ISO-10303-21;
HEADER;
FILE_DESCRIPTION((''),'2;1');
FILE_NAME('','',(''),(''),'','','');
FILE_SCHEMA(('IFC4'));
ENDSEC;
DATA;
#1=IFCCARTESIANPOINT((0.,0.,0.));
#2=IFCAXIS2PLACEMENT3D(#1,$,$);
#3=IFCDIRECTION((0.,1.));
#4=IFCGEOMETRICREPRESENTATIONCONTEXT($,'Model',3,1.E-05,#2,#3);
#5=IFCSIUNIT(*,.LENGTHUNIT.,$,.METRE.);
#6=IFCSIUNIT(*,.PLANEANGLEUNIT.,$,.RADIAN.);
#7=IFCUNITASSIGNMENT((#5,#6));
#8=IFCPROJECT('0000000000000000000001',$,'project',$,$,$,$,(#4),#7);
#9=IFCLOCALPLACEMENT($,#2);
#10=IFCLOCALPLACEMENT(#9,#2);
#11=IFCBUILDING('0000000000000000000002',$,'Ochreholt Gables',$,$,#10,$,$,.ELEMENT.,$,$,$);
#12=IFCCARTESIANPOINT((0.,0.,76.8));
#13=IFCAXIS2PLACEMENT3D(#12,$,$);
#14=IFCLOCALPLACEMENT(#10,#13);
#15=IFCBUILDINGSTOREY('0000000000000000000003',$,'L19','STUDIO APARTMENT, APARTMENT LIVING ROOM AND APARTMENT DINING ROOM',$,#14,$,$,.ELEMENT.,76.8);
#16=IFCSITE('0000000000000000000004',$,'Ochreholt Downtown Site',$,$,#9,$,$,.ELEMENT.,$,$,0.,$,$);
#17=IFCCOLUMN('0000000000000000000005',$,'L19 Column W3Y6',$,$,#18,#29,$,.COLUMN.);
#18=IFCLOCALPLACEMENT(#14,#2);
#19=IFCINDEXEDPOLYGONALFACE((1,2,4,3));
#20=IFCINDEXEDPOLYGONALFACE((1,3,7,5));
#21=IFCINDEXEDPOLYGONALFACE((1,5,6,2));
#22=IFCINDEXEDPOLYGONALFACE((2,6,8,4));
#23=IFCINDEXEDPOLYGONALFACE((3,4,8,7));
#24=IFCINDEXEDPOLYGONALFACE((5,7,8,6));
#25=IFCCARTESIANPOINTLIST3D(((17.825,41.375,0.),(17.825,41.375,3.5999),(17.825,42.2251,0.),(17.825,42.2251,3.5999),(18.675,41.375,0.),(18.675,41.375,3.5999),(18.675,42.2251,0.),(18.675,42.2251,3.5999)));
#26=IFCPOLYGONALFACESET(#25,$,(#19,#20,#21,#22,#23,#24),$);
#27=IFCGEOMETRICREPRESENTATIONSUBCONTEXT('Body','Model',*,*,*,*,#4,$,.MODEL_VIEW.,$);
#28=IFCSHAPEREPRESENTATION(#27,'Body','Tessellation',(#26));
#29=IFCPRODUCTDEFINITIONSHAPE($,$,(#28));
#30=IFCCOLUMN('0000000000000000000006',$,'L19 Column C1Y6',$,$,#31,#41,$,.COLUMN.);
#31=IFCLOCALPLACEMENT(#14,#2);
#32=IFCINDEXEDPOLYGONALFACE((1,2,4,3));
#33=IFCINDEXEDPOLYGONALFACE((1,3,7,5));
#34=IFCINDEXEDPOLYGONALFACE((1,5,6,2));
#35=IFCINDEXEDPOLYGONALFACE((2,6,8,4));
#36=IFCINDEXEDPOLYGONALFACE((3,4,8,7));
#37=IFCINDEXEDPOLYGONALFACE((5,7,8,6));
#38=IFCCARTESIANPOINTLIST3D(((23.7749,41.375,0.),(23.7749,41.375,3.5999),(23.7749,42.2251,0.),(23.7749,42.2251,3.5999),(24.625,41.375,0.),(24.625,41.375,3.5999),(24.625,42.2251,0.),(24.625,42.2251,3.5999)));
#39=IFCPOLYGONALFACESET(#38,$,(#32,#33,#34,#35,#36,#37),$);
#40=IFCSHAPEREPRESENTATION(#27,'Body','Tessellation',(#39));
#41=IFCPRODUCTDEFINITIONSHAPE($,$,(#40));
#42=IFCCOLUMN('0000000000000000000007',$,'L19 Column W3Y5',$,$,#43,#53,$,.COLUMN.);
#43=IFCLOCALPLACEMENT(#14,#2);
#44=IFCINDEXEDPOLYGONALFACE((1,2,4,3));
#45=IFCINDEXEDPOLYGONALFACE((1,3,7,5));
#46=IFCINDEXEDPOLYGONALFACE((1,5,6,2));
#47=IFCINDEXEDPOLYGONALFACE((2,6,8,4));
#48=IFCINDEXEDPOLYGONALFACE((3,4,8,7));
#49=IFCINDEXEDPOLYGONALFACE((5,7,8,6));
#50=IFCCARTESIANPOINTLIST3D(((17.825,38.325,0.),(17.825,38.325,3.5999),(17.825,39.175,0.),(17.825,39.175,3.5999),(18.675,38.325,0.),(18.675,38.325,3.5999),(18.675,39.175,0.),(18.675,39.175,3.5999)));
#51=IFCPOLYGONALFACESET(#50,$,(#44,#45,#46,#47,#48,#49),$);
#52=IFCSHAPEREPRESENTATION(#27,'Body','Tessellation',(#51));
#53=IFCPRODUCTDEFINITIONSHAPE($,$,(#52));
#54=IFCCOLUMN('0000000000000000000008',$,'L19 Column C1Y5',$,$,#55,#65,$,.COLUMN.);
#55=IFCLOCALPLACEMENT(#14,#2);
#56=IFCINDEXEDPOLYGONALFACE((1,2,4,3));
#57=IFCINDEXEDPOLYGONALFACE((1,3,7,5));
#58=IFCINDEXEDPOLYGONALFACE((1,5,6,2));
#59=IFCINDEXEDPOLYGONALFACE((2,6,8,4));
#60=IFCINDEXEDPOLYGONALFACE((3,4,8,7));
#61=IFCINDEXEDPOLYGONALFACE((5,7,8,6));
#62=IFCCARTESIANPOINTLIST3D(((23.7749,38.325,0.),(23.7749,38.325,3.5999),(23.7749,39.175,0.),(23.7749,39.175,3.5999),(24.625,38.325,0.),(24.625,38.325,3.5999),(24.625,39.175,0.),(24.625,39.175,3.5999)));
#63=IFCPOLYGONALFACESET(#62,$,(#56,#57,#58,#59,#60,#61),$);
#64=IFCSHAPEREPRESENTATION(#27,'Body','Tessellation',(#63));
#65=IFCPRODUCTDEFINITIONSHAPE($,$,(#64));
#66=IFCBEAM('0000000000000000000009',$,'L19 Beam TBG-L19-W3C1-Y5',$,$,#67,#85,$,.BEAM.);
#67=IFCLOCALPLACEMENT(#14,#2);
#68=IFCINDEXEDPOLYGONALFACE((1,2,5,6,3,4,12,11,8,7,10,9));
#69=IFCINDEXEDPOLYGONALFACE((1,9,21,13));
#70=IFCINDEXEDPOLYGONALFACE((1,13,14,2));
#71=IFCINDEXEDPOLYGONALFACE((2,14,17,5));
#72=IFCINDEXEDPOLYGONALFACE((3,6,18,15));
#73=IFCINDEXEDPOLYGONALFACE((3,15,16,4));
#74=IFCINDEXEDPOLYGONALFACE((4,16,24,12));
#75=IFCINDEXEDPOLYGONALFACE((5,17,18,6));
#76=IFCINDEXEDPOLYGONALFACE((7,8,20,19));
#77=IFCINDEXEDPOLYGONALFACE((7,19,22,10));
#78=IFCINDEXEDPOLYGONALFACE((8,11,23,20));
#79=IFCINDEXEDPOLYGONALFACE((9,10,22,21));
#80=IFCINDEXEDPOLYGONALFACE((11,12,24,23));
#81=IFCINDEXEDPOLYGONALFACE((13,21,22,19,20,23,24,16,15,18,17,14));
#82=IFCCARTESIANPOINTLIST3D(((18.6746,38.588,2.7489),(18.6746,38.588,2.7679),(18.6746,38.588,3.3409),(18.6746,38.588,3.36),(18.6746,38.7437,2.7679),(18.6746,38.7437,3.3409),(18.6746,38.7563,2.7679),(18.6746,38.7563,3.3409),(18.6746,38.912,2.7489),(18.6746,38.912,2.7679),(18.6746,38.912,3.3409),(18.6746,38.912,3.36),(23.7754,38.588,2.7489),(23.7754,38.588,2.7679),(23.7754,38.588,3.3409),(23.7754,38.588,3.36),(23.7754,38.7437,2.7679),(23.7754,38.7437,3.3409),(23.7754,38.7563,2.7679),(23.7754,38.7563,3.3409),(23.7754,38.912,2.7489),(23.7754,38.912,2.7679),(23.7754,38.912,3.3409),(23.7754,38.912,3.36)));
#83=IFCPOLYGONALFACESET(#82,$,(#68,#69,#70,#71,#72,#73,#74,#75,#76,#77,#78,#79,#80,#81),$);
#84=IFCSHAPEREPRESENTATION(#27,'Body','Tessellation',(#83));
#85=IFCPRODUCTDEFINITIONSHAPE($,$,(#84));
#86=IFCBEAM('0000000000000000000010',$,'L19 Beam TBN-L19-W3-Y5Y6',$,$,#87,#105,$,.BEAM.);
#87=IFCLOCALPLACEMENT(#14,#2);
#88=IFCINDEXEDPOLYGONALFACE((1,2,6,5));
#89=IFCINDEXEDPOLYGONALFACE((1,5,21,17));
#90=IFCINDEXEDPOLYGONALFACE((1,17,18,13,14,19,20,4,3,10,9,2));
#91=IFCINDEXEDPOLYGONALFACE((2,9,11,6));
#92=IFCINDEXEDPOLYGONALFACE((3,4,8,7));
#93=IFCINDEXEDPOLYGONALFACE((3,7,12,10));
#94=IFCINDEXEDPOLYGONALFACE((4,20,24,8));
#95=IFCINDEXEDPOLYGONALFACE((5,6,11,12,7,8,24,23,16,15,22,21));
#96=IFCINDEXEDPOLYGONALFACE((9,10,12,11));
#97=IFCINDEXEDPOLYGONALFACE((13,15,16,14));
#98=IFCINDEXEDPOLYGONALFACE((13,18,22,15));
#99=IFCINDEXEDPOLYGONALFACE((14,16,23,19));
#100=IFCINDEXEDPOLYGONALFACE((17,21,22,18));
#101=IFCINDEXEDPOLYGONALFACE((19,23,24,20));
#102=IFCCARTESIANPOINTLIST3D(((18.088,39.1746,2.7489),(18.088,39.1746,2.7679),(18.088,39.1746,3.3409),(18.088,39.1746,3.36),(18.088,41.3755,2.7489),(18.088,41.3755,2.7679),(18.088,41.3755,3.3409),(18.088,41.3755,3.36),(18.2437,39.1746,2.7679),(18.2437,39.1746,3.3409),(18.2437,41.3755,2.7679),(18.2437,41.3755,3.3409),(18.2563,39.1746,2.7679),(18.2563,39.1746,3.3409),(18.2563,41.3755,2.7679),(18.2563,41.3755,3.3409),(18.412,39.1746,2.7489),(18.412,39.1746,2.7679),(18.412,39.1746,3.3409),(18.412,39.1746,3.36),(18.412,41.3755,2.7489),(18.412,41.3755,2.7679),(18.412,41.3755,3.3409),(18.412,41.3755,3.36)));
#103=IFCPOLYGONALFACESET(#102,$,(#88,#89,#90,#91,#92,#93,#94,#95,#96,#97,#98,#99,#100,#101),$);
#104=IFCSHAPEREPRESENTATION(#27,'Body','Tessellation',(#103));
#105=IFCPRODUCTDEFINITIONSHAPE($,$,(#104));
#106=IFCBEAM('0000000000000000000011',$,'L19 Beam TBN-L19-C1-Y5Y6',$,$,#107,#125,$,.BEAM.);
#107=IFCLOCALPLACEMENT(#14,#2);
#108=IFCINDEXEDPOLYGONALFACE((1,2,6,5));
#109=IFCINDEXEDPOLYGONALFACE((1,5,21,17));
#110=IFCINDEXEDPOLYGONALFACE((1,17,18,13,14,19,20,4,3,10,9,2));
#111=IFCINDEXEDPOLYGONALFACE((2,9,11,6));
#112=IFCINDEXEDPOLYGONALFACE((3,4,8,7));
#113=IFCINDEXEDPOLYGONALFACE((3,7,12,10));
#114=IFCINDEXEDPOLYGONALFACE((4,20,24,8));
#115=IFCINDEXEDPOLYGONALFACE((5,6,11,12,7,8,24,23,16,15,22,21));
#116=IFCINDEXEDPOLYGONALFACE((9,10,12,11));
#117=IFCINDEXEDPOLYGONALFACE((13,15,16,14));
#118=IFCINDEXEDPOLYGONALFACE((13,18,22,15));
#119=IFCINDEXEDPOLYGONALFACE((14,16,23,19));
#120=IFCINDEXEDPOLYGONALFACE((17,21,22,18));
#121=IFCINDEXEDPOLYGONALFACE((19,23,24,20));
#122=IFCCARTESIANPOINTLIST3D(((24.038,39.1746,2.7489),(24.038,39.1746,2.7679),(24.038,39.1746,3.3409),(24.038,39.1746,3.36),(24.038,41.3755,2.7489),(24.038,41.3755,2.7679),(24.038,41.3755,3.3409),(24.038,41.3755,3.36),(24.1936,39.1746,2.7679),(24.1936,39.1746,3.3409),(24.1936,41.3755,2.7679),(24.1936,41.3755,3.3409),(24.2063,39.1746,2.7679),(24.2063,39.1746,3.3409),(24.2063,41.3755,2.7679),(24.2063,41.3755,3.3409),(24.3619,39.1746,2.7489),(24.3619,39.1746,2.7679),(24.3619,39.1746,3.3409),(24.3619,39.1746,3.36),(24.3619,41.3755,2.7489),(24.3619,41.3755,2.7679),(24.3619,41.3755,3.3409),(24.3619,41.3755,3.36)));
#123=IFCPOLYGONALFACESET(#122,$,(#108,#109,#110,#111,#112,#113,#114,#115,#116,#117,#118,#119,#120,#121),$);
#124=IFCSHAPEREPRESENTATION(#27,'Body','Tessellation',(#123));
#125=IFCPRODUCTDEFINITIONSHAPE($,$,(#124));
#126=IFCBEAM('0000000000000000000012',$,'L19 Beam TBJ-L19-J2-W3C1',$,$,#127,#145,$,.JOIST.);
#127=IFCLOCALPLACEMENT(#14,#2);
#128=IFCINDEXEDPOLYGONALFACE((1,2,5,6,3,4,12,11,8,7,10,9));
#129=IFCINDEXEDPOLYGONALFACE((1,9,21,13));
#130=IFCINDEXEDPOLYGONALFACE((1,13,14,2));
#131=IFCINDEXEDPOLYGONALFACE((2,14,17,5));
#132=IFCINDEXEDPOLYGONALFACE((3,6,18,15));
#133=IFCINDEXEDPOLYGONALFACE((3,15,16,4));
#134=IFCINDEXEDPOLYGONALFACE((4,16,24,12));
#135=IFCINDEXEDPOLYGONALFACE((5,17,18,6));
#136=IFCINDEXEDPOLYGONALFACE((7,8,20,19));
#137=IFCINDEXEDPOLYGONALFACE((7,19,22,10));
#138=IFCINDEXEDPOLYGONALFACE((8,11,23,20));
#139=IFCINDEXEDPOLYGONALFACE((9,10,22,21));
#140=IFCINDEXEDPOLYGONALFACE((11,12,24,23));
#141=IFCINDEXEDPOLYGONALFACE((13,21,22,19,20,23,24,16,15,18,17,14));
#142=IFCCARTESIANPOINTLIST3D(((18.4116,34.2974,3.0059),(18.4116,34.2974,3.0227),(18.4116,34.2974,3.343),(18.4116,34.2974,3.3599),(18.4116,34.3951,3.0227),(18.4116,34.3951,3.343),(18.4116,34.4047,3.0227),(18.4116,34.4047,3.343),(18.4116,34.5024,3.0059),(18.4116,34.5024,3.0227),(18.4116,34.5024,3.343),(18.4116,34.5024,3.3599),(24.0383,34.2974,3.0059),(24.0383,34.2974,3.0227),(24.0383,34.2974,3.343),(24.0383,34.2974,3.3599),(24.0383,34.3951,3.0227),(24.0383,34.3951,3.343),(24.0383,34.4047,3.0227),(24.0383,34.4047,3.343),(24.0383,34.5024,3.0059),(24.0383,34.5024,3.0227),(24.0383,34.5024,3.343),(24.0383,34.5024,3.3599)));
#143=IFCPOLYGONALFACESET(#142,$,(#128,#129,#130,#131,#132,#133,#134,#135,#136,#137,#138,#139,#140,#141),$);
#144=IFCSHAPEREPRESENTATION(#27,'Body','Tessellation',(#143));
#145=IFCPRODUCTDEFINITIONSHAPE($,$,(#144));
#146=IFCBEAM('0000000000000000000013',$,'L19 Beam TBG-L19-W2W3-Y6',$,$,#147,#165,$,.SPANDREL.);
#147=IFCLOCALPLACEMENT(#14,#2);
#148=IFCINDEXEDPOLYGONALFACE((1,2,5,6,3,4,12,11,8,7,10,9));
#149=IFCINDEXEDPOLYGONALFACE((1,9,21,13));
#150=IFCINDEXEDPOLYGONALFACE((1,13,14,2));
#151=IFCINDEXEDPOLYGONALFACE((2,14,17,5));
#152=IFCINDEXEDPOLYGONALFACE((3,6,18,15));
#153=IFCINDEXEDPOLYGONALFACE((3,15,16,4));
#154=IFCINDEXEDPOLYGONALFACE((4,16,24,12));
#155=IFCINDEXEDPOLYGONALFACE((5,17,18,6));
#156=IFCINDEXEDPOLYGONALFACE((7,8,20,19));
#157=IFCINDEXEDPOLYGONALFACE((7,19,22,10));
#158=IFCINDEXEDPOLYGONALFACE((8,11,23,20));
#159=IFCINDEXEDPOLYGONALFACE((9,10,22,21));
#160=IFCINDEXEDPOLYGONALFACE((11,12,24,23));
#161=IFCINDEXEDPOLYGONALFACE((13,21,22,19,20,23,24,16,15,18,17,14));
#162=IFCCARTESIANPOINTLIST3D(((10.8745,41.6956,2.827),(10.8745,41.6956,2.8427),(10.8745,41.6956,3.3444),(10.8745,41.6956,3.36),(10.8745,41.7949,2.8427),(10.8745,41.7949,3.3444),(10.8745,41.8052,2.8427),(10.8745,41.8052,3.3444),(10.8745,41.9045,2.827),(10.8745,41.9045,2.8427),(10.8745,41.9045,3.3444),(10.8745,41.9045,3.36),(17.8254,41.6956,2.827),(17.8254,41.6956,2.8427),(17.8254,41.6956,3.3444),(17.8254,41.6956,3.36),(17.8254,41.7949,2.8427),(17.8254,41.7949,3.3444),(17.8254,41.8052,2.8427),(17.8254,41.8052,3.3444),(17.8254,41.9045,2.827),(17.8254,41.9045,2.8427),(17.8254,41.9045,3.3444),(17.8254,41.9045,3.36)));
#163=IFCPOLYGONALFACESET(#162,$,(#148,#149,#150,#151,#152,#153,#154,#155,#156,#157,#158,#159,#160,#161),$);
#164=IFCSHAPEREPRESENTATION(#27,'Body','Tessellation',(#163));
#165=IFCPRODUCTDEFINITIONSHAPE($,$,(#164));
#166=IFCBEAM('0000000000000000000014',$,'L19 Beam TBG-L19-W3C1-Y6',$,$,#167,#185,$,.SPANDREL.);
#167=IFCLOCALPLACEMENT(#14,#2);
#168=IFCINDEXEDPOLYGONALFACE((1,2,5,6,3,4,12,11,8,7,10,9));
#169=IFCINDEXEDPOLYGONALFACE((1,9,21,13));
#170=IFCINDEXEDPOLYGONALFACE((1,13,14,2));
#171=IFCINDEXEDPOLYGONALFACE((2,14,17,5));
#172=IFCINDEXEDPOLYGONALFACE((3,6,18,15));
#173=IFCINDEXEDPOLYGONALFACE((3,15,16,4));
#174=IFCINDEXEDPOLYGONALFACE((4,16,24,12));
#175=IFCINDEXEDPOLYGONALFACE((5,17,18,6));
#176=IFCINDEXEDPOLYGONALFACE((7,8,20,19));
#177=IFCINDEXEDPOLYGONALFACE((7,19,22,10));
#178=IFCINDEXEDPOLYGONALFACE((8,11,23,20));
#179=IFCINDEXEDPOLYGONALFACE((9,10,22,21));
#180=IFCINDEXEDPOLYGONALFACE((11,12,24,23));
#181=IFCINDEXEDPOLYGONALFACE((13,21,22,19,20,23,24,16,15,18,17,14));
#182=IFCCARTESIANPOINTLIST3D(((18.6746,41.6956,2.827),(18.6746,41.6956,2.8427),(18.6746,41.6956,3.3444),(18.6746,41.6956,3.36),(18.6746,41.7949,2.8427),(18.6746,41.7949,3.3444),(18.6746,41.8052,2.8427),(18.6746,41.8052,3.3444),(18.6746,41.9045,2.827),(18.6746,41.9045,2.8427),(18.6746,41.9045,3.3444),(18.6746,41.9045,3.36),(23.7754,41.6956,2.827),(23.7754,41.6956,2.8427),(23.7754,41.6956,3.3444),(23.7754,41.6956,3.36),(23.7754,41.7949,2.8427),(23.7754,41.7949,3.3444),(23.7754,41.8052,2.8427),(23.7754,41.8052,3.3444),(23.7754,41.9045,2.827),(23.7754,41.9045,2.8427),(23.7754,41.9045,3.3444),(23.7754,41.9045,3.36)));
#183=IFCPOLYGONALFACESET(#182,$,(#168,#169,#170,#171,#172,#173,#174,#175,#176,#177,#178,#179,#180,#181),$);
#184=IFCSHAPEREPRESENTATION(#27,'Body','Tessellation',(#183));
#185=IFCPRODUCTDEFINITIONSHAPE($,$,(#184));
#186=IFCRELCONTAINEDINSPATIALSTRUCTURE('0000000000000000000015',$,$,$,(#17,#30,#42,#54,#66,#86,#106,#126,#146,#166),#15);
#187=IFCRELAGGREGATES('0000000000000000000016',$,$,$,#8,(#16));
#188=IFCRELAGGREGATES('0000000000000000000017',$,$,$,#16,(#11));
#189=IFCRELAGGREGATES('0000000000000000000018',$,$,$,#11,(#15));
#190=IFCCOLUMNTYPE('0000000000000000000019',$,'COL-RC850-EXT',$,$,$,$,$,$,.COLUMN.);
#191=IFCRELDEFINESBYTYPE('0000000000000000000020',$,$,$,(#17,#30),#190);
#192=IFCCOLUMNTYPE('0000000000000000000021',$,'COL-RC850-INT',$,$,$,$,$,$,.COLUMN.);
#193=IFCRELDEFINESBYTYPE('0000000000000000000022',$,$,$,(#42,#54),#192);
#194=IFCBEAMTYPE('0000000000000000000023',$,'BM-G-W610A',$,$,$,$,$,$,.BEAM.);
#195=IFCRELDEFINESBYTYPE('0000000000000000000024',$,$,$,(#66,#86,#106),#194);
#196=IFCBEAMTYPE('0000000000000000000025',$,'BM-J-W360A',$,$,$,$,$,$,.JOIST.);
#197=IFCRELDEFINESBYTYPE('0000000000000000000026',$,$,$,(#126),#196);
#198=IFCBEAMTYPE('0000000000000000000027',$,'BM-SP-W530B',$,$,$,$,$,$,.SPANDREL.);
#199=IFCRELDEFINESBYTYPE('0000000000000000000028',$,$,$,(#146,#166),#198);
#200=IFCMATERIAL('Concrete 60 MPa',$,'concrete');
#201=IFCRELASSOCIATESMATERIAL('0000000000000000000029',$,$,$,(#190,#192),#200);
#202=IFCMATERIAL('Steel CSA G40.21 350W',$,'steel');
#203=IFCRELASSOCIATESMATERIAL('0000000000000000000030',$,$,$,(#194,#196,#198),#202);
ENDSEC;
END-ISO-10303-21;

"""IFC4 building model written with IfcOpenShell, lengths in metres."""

from ifc_helpers import new_model, si_unit, direction, frame, origin, origin_2d, place, context, subcontext, project, spatial, rectangle, i_section, extrude, material, material_profile, profile_set, type_object, element, save


model = new_model("IFC4")

# Units and contexts
model_context = context("Model", 3, precision=1e-05, world=origin(), true_north=direction((0.0, 1.0)))
body_context = subcontext(model_context, "Body", "Model", "MODEL_VIEW")
ifc_project = project(units=[si_unit("LENGTHUNIT", "METRE"), si_unit("PLANEANGLEUNIT", "RADIAN")], contexts=[model_context])

# Site, building, storey
site_placement = place(None, origin())
site = spatial("IfcSite", under=ifc_project, at=site_placement, Name="Ochreholt Downtown Site", CompositionType="ELEMENT", RefElevation=0.0)
building_placement = place(site_placement, origin())
building = spatial("IfcBuilding", under=site, at=building_placement, Name="Ochreholt Gables", CompositionType="ELEMENT")
storey_placement = place(building_placement, frame((0.0, 0.0, 76.8)))
storey = spatial("IfcBuildingStorey", under=building, at=storey_placement, Name="L19", Description="STUDIO APARTMENT, APARTMENT LIVING ROOM AND APARTMENT DINING ROOM", CompositionType="ELEMENT", Elevation=76.8)

# Columns
ifc_material_1 = material(Name="Concrete 60 MPa", Category="concrete")
ifc_material_profile_1 = material_profile(ifc_material_1, rectangle(XDim=0.8501, YDim=0.8501, at=origin_2d()), Name="RC850X850")
ifc_profile_set_1 = profile_set([ifc_material_profile_1], Name="Concrete 60 MPa")
column_type_1 = type_object("IfcColumnType", Name="COL-RC850-EXT", PredefinedType="COLUMN", material=ifc_profile_set_1)
for number, where, z_axis, x_axis, name in (
    (1, (18.25, 41.8, 0.0), (0.0, 0.0, 1.0), (1.0, 0.0, 0.0), "L19 Column W3Y6"),
    (2, (24.2, 41.8, 0.0), (0.0, 0.0, 1.0), (1.0, 0.0, 0.0), "L19 Column C1Y6"),
):
    element("IfcColumn", number, at=place(storey_placement, frame(where, z_axis=z_axis, x_axis=x_axis)), inside=storey, type_object=column_type_1, Name=name, PredefinedType="COLUMN", context=body_context, shape_type="SweptSolid", body=[
        extrude(rectangle(XDim=0.8501, YDim=0.8501, at=origin_2d()), origin(), (0.0, 0.0, 1.0), 3.5999),
    ])
ifc_material_profile_2 = material_profile(ifc_material_1, rectangle(XDim=0.8501, YDim=0.8501, at=origin_2d()), Name="RC850X850")
ifc_profile_set_2 = profile_set([ifc_material_profile_2], Name="Concrete 60 MPa")
column_type_2 = type_object("IfcColumnType", Name="COL-RC850-INT", PredefinedType="COLUMN", material=ifc_profile_set_2)
for number, where, z_axis, x_axis, name in (
    (3, (18.25, 38.75, 0.0), (0.0, 0.0, 1.0), (1.0, 0.0, 0.0), "L19 Column W3Y5"),
    (4, (24.2, 38.75, 0.0), (0.0, 0.0, 1.0), (1.0, 0.0, 0.0), "L19 Column C1Y5"),
):
    element("IfcColumn", number, at=place(storey_placement, frame(where, z_axis=z_axis, x_axis=x_axis)), inside=storey, type_object=column_type_2, Name=name, PredefinedType="COLUMN", context=body_context, shape_type="SweptSolid", body=[
        extrude(rectangle(XDim=0.8501, YDim=0.8501, at=origin_2d()), origin(), (0.0, 0.0, 1.0), 3.5999),
    ])

# Beams
ifc_material_2 = material(Name="Steel CSA G40.21 350W", Category="steel")
ifc_material_profile_3 = material_profile(ifc_material_2, i_section(OverallWidth=0.324, OverallDepth=0.6111, WebThickness=0.0127, FlangeThickness=0.019, at=origin_2d()), Name="W610X155")
ifc_profile_set_3 = profile_set([ifc_material_profile_3], Name="Steel CSA G40.21 350W")
beam_type_1 = type_object("IfcBeamType", Name="BM-G-W610A", PredefinedType="BEAM", material=ifc_profile_set_3)
beam_1_placement = place(storey_placement, frame((18.6746, 38.75, 3.0544), z_axis=(1.0, 0.0, 0.0), x_axis=(0.0, 1.0, 0.0)))
element("IfcBeam", 5, at=beam_1_placement, inside=storey, type_object=beam_type_1, Name="L19 Beam TBG-L19-W3C1-Y5", PredefinedType="BEAM", context=body_context, shape_type="SweptSolid", body=[
    extrude(i_section(OverallWidth=0.324, OverallDepth=0.6111, WebThickness=0.0127, FlangeThickness=0.019, at=origin_2d()), origin(), (0.0, 0.0, 1.0), 5.1008),
])
for number, where, z_axis, x_axis, name in (
    (6, (18.25, 39.1746, 3.0544), (0.0, 1.0, 0.0), (-1.0, 0.0, 0.0), "L19 Beam TBN-L19-W3-Y5Y6"),
    (7, (24.2, 39.1746, 3.0544), (0.0, 1.0, 0.0), (-1.0, 0.0, 0.0), "L19 Beam TBN-L19-C1-Y5Y6"),
):
    element("IfcBeam", number, at=place(storey_placement, frame(where, z_axis=z_axis, x_axis=x_axis)), inside=storey, type_object=beam_type_1, Name=name, PredefinedType="BEAM", context=body_context, shape_type="SweptSolid", body=[
        extrude(i_section(OverallWidth=0.324, OverallDepth=0.6111, WebThickness=0.0127, FlangeThickness=0.019, at=origin_2d()), origin(), (0.0, 0.0, 1.0), 2.2009),
    ])
ifc_material_profile_4 = material_profile(ifc_material_2, i_section(OverallWidth=0.2051, OverallDepth=0.354, WebThickness=0.0095, FlangeThickness=0.0168, at=origin_2d()), Name="W360X79")
ifc_profile_set_4 = profile_set([ifc_material_profile_4], Name="Steel CSA G40.21 350W")
beam_type_2 = type_object("IfcBeamType", Name="BM-J-W360A", PredefinedType="JOIST", material=ifc_profile_set_4)
beam_2_placement = place(storey_placement, frame((18.4116, 34.3999, 3.1829), z_axis=(1.0, 0.0, 0.0), x_axis=(0.0, 1.0, 0.0)))
element("IfcBeam", 8, at=beam_2_placement, inside=storey, type_object=beam_type_2, Name="L19 Beam TBJ-L19-J2-W3C1", PredefinedType="JOIST", context=body_context, shape_type="SweptSolid", body=[
    extrude(i_section(OverallWidth=0.2051, OverallDepth=0.354, WebThickness=0.0095, FlangeThickness=0.0168, at=origin_2d()), origin(), (0.0, 0.0, 1.0), 5.6267),
])
ifc_material_profile_5 = material_profile(ifc_material_2, i_section(OverallWidth=0.209, OverallDepth=0.533, WebThickness=0.0103, FlangeThickness=0.0156, at=origin_2d()), Name="W530X92")
ifc_profile_set_5 = profile_set([ifc_material_profile_5], Name="Steel CSA G40.21 350W")
beam_type_3 = type_object("IfcBeamType", Name="BM-SP-W530B", PredefinedType="SPANDREL", material=ifc_profile_set_5)
beam_3_placement = place(storey_placement, frame((10.8745, 41.8, 3.0935), z_axis=(1.0, 0.0, 0.0), x_axis=(0.0, 1.0, 0.0)))
element("IfcBeam", 9, at=beam_3_placement, inside=storey, type_object=beam_type_3, Name="L19 Beam TBG-L19-W2W3-Y6", PredefinedType="SPANDREL", context=body_context, shape_type="SweptSolid", body=[
    extrude(i_section(OverallWidth=0.209, OverallDepth=0.533, WebThickness=0.0103, FlangeThickness=0.0156, at=origin_2d()), origin(), (0.0, 0.0, 1.0), 6.9509),
])
beam_4_placement = place(storey_placement, frame((18.6746, 41.8, 3.0935), z_axis=(1.0, 0.0, 0.0), x_axis=(0.0, 1.0, 0.0)))
element("IfcBeam", 10, at=beam_4_placement, inside=storey, type_object=beam_type_3, Name="L19 Beam TBG-L19-W3C1-Y6", PredefinedType="SPANDREL", context=body_context, shape_type="SweptSolid", body=[
    extrude(i_section(OverallWidth=0.209, OverallDepth=0.533, WebThickness=0.0103, FlangeThickness=0.0156, at=origin_2d()), origin(), (0.0, 0.0, 1.0), 5.1008),
])

save(model, "model.ifc")
